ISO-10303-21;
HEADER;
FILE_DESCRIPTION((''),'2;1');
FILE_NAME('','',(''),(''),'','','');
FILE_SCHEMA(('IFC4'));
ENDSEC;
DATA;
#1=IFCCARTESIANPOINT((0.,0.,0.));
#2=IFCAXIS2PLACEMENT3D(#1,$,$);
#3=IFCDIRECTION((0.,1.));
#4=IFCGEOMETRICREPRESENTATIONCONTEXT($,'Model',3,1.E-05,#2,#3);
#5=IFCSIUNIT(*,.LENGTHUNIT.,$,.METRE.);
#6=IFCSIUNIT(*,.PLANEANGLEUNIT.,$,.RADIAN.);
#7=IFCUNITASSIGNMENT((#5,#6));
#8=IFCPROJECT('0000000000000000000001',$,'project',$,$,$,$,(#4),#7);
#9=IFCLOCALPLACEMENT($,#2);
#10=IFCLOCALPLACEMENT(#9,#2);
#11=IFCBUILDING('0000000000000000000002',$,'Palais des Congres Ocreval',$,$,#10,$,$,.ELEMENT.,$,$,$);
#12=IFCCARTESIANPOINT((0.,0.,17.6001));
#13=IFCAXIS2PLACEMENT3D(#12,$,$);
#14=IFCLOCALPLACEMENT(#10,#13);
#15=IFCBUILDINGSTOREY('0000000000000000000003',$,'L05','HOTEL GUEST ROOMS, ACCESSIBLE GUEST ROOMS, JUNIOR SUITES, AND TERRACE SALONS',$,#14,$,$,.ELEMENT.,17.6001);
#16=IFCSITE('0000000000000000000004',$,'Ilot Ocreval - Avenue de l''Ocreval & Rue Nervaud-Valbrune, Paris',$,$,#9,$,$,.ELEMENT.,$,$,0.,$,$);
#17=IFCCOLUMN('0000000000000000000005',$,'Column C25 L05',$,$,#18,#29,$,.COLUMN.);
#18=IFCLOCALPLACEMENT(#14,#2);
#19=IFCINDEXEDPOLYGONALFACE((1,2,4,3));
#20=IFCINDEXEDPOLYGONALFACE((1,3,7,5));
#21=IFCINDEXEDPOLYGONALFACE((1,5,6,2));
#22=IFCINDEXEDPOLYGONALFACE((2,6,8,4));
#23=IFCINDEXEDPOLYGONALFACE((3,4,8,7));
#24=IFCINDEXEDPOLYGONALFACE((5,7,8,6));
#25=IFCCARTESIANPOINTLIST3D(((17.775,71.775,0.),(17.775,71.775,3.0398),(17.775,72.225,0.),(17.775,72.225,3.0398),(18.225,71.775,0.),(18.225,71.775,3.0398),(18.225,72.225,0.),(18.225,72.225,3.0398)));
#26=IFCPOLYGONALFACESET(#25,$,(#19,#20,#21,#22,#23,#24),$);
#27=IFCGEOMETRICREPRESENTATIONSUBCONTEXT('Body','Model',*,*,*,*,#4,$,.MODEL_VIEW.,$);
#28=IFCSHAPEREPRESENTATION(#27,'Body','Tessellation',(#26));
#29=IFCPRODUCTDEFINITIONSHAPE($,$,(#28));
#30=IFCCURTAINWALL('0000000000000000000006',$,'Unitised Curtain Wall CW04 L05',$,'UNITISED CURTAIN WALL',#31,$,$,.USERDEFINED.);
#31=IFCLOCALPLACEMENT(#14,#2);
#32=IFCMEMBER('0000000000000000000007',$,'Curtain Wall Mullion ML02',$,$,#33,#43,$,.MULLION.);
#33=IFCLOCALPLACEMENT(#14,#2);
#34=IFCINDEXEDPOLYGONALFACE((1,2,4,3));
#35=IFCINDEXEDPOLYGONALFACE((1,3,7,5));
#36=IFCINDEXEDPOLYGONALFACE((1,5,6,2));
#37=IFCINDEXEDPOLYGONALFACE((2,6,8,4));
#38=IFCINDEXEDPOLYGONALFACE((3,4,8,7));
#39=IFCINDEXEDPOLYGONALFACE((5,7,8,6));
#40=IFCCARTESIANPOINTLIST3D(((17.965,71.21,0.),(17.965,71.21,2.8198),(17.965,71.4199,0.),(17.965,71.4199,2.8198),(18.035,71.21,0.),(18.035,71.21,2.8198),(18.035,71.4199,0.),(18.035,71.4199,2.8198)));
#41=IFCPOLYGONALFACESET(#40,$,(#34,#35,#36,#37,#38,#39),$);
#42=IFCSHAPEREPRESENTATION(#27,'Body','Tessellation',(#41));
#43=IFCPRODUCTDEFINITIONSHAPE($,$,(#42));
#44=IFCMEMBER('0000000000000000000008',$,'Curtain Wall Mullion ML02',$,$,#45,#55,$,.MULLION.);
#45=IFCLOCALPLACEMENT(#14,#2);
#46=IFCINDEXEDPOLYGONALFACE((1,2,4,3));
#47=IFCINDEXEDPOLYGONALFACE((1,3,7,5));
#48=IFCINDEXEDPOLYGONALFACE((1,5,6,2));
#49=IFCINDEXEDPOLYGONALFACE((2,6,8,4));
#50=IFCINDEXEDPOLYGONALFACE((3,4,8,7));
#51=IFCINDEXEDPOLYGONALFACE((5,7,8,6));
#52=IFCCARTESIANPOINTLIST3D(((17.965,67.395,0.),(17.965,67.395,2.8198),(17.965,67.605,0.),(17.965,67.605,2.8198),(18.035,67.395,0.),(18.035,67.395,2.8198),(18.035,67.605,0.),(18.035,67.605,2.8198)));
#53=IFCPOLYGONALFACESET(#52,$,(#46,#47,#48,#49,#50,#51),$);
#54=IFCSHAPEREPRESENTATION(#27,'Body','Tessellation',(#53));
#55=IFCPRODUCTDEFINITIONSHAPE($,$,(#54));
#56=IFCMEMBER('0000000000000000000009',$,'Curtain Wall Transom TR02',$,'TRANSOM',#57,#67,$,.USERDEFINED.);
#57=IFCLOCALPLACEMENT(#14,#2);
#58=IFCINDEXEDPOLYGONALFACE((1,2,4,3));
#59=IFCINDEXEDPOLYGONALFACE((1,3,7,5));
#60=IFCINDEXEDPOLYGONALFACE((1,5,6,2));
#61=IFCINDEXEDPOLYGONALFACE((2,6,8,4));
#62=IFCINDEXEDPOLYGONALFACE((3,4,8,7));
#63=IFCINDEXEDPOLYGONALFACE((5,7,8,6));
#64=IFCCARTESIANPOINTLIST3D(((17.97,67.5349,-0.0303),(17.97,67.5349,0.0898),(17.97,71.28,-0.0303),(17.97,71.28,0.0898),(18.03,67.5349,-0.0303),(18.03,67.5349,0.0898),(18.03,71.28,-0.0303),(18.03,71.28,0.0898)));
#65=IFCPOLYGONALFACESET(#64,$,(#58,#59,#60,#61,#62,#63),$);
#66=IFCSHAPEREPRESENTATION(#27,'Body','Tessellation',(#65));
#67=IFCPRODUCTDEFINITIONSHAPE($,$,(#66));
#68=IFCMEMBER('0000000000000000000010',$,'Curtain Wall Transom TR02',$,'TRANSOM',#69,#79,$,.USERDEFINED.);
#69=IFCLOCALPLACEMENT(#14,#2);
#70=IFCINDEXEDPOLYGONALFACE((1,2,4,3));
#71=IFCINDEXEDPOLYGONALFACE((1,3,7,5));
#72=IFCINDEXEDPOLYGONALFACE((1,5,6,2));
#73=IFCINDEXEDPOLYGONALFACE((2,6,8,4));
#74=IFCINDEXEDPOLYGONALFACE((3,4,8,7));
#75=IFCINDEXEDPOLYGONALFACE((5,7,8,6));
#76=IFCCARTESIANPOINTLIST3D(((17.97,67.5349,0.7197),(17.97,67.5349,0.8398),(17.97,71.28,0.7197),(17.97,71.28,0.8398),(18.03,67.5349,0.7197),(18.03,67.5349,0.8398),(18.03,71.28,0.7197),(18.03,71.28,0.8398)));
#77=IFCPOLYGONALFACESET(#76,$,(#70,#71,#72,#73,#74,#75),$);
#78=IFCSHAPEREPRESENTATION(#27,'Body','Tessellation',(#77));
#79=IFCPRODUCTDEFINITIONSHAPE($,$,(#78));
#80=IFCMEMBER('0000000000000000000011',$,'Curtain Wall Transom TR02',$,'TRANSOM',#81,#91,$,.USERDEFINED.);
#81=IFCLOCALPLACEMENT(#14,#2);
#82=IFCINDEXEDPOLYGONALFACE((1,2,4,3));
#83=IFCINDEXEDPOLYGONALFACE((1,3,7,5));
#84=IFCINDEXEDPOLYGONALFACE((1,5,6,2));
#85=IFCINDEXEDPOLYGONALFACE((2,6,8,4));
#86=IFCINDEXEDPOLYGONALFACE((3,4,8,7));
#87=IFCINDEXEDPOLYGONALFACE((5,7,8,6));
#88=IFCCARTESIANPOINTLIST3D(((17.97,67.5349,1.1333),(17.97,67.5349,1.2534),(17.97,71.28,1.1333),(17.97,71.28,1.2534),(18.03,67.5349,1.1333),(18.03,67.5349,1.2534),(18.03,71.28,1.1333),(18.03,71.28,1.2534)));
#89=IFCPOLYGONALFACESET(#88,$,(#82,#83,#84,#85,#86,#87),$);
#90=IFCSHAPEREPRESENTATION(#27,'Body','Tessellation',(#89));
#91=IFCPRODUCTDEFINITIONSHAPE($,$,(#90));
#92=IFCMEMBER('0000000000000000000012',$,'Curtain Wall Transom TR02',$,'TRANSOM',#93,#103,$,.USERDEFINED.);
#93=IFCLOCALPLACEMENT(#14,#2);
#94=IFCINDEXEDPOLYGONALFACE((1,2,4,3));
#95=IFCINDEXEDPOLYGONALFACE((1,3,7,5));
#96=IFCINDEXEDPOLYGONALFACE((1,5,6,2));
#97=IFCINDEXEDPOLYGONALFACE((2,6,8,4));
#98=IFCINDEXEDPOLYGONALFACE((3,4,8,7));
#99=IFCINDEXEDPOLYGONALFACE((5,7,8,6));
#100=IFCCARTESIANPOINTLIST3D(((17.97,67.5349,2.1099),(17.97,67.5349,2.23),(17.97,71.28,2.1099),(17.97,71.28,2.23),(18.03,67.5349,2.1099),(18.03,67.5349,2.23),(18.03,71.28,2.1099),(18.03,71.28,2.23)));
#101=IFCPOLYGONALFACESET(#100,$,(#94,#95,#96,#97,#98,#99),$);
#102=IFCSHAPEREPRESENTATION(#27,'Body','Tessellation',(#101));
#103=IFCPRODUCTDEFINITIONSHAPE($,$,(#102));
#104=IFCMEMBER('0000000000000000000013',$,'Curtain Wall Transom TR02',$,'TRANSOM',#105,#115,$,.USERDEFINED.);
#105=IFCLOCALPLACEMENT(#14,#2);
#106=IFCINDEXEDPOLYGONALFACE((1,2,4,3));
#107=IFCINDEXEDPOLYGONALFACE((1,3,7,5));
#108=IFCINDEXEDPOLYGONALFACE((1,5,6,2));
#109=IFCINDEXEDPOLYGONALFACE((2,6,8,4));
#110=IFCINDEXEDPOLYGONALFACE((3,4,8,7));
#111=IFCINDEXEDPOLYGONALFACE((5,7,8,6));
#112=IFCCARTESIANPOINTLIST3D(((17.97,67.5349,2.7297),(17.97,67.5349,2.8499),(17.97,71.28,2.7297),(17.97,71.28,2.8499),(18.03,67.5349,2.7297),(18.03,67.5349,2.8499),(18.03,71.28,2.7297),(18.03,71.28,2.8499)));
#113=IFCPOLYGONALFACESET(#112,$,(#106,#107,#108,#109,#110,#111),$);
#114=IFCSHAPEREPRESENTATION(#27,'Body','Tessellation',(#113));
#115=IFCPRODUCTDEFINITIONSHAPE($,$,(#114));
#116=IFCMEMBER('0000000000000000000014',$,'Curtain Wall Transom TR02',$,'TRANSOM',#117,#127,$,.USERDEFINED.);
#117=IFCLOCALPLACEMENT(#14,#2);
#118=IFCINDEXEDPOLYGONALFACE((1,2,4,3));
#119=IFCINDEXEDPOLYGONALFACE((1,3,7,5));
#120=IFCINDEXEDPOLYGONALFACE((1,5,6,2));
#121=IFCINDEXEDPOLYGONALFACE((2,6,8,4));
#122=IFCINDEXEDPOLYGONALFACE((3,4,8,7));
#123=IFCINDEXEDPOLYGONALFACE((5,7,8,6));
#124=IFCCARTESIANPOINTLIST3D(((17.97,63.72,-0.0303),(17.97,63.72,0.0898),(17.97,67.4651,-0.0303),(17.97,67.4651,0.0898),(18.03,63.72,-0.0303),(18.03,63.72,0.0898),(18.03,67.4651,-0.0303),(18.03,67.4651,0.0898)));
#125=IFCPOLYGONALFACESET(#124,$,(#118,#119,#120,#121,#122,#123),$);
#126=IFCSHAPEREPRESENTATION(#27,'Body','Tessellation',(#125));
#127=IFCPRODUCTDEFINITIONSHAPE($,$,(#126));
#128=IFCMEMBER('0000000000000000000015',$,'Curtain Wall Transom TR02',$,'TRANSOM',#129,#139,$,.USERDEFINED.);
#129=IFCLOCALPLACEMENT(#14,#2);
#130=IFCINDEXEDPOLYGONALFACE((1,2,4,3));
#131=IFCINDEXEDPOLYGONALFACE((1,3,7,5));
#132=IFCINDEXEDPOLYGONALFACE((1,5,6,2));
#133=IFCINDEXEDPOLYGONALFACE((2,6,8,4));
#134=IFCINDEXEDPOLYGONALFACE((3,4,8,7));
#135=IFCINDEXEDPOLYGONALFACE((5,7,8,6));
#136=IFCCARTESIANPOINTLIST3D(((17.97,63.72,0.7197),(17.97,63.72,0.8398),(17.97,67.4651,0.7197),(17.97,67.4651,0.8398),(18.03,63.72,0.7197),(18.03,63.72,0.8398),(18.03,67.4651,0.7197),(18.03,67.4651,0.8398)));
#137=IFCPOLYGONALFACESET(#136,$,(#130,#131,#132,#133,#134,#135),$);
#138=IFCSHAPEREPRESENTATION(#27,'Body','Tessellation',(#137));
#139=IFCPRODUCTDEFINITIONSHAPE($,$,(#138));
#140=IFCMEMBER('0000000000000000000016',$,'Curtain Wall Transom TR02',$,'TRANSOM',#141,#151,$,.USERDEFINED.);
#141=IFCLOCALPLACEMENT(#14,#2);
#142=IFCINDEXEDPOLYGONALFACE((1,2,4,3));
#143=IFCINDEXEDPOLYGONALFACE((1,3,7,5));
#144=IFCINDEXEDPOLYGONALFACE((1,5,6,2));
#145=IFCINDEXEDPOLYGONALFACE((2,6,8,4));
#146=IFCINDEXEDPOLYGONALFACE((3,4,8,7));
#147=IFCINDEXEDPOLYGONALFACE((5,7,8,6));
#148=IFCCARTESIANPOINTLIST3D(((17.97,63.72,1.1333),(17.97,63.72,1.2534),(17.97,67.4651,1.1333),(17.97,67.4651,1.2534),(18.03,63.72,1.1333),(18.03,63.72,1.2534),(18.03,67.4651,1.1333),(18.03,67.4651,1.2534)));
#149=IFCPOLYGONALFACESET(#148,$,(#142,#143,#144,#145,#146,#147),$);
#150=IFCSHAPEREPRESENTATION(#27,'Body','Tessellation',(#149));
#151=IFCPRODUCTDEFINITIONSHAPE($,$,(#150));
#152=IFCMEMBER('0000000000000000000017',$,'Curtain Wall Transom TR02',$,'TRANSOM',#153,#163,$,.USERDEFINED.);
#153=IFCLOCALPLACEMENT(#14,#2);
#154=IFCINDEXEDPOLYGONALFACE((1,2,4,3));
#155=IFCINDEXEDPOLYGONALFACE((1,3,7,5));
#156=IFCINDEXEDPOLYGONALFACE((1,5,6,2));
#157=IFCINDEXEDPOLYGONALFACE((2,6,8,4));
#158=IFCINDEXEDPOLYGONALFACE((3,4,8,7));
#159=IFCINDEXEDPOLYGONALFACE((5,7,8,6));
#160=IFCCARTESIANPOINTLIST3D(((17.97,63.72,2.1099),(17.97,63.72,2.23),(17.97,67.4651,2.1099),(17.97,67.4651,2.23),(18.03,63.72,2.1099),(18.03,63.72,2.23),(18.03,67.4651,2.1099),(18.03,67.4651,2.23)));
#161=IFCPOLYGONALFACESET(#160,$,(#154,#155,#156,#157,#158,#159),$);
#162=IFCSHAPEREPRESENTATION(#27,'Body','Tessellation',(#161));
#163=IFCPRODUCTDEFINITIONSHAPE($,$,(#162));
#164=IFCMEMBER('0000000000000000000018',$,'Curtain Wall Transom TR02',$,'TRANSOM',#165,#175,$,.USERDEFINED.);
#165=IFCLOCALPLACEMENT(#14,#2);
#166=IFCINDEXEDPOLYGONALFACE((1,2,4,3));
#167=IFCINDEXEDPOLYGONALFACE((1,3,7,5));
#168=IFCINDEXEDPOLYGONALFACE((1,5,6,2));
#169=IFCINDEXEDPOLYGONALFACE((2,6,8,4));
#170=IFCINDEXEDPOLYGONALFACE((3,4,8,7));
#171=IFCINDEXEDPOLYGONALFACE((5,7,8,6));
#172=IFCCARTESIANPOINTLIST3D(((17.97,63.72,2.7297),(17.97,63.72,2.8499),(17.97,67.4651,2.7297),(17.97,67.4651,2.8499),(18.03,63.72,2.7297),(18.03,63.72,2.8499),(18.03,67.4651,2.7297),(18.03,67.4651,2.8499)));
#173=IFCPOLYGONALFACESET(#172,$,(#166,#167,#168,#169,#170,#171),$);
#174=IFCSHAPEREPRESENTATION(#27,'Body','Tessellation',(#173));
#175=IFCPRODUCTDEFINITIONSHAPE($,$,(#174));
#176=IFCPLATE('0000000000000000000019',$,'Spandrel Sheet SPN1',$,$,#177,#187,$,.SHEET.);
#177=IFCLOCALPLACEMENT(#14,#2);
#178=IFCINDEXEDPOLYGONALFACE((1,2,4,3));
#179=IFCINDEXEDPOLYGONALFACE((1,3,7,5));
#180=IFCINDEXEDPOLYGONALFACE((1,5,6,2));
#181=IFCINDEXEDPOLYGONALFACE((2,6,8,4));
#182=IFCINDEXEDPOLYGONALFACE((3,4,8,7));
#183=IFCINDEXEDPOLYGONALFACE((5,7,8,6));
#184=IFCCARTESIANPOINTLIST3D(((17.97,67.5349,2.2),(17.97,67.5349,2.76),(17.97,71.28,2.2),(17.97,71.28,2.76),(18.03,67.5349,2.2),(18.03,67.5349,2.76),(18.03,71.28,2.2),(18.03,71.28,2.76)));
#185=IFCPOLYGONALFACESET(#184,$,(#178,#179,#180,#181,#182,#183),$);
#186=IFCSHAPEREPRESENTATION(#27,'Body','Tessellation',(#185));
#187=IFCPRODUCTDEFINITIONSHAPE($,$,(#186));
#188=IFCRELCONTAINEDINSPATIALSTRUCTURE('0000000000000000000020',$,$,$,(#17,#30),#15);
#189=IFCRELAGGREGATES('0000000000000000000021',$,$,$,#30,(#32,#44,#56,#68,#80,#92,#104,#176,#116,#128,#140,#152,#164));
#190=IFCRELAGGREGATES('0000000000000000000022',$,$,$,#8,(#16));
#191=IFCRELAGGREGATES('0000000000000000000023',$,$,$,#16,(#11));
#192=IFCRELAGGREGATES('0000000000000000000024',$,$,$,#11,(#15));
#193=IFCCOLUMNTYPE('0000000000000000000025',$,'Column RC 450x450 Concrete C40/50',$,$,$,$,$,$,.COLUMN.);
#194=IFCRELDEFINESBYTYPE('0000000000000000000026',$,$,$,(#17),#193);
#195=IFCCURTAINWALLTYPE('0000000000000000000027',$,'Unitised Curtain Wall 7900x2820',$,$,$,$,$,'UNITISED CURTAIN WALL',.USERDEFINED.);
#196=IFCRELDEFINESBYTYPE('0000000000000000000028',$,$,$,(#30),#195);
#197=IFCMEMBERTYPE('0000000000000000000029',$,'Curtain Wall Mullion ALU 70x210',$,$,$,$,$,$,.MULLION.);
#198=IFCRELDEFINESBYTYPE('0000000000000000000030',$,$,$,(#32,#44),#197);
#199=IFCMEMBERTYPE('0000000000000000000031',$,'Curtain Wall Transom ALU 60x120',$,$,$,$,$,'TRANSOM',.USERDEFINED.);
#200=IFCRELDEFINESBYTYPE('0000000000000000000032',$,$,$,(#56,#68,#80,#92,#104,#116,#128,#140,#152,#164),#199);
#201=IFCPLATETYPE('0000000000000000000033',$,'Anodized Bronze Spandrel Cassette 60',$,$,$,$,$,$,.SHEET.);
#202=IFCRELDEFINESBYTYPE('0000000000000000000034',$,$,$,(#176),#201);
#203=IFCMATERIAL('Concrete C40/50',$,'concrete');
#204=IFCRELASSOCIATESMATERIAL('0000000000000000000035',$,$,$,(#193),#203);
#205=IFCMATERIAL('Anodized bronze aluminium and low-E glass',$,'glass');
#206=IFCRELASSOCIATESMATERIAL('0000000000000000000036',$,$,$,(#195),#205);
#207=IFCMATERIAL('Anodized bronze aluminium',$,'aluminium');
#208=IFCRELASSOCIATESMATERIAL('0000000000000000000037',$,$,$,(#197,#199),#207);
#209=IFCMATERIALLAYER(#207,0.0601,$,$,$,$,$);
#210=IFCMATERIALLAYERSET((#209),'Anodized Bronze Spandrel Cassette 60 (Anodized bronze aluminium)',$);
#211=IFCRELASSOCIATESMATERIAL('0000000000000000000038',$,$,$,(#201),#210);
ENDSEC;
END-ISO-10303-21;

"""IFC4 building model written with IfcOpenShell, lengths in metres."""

from ifc_helpers import new_model, si_unit, direction, frame, origin, origin_2d, place, context, subcontext, project, spatial, rectangle, extrude, material, layer, layer_set, material_profile, profile_set, type_object, element, aggregate, save


model = new_model("IFC4")

# Units and contexts
model_context = context("Model", 3, precision=1e-05, world=origin(), true_north=direction((0.0, 1.0)))
body_context = subcontext(model_context, "Body", "Model", "MODEL_VIEW")
ifc_project = project(units=[si_unit("LENGTHUNIT", "METRE"), si_unit("PLANEANGLEUNIT", "RADIAN")], contexts=[model_context])

# Site, building, storey
site_placement = place(None, origin())
site = spatial("IfcSite", under=ifc_project, at=site_placement, Name="Ilot Ocreval - Avenue de l'Ocreval & Rue Nervaud-Valbrune, Paris", CompositionType="ELEMENT", RefElevation=0.0)
building_placement = place(site_placement, origin())
building = spatial("IfcBuilding", under=site, at=building_placement, Name="Palais des Congres Ocreval", CompositionType="ELEMENT")
storey_placement = place(building_placement, frame((0.0, 0.0, 17.6001)))
storey = spatial("IfcBuildingStorey", under=building, at=storey_placement, Name="L05", Description="HOTEL GUEST ROOMS, ACCESSIBLE GUEST ROOMS, JUNIOR SUITES, AND TERRACE SALONS", CompositionType="ELEMENT", Elevation=17.6001)

# Column
ifc_material_1 = material(Name="Concrete C40/50", Category="concrete")
ifc_material_profile_1 = material_profile(ifc_material_1, rectangle(XDim=0.45, YDim=0.45, at=origin_2d()), Name="RC 450x450")
ifc_profile_set_1 = profile_set([ifc_material_profile_1], Name="Concrete C40/50")
column_type = type_object("IfcColumnType", Name="Column RC 450x450 Concrete C40/50", PredefinedType="COLUMN", material=ifc_profile_set_1)
column_placement = place(storey_placement, frame((18.0, 72.0, 0.0), z_axis=(0.0, 0.0, 1.0), x_axis=(1.0, 0.0, 0.0)))
element("IfcColumn", 1, at=column_placement, inside=storey, type_object=column_type, Name="Column C25 L05", PredefinedType="COLUMN", context=body_context, shape_type="SweptSolid", body=[
    extrude(rectangle(XDim=0.45, YDim=0.45, at=origin_2d()), origin(), (0.0, 0.0, 1.0), 3.0398),
])

# Curtain wall, members, plate
ifc_material_2 = material(Name="Anodized bronze aluminium and low-E glass", Category="glass")
curtain_wall_type = type_object("IfcCurtainWallType", Name="Unitised Curtain Wall 7900x2820", ElementType="UNITISED CURTAIN WALL", PredefinedType="USERDEFINED", material=ifc_material_2)
curtain_wall_placement = place(storey_placement, origin())
curtain_wall = element("IfcCurtainWall", 2, at=curtain_wall_placement, inside=storey, type_object=curtain_wall_type, Name="Unitised Curtain Wall CW04 L05", ObjectType="UNITISED CURTAIN WALL", PredefinedType="USERDEFINED")
ifc_material_3 = material(Name="Anodized bronze aluminium", Category="aluminium")
ifc_material_profile_2 = material_profile(ifc_material_3, rectangle(XDim=0.0701, YDim=0.21, at=origin_2d()), Name="ALU 70x210")
ifc_profile_set_2 = profile_set([ifc_material_profile_2], Name="Anodized bronze aluminium")
member_type_1 = type_object("IfcMemberType", Name="Curtain Wall Mullion ALU 70x210", PredefinedType="MULLION", material=ifc_profile_set_2)
member_1_placement = place(storey_placement, frame((18.0, 71.3149, 0.0), z_axis=(0.0, 0.0, 1.0), x_axis=(1.0, 0.0, 0.0)))
member_1 = element("IfcMember", 3, at=member_1_placement, type_object=member_type_1, Name="Curtain Wall Mullion ML02", PredefinedType="MULLION", context=body_context, shape_type="SweptSolid", body=[
    extrude(rectangle(XDim=0.0701, YDim=0.21, at=origin_2d()), origin(), (0.0, 0.0, 1.0), 2.8198),
])
member_2_placement = place(storey_placement, frame((18.0, 67.5, 0.0), z_axis=(0.0, 0.0, 1.0), x_axis=(1.0, 0.0, 0.0)))
member_2 = element("IfcMember", 4, at=member_2_placement, type_object=member_type_1, Name="Curtain Wall Mullion ML02", PredefinedType="MULLION", context=body_context, shape_type="SweptSolid", body=[
    extrude(rectangle(XDim=0.0701, YDim=0.21, at=origin_2d()), origin(), (0.0, 0.0, 1.0), 2.8198),
])
ifc_material_profile_3 = material_profile(ifc_material_3, rectangle(XDim=0.0601, YDim=0.1201, at=origin_2d()), Name="ALU 60x120")
ifc_profile_set_3 = profile_set([ifc_material_profile_3], Name="Anodized bronze aluminium")
member_type_2 = type_object("IfcMemberType", Name="Curtain Wall Transom ALU 60x120", ElementType="TRANSOM", PredefinedType="USERDEFINED", material=ifc_profile_set_3)
member_3_placement = place(storey_placement, frame((18.0, 71.28, 0.0298), z_axis=(0.0, -1.0, 0.0), x_axis=(1.0, 0.0, 0.0)))
member_3 = element("IfcMember", 5, at=member_3_placement, type_object=member_type_2, Name="Curtain Wall Transom TR02", ObjectType="TRANSOM", PredefinedType="USERDEFINED", context=body_context, shape_type="SweptSolid", body=[
    extrude(rectangle(XDim=0.0601, YDim=0.1201, at=origin_2d()), origin(), (0.0, 0.0, 1.0), 3.7451),
])
member_4_placement = place(storey_placement, frame((18.0, 71.28, 0.7798), z_axis=(0.0, -1.0, 0.0), x_axis=(1.0, 0.0, 0.0)))
member_4 = element("IfcMember", 6, at=member_4_placement, type_object=member_type_2, Name="Curtain Wall Transom TR02", ObjectType="TRANSOM", PredefinedType="USERDEFINED", context=body_context, shape_type="SweptSolid", body=[
    extrude(rectangle(XDim=0.0601, YDim=0.1201, at=origin_2d()), origin(), (0.0, 0.0, 1.0), 3.7451),
])
member_5_placement = place(storey_placement, frame((18.0, 71.28, 1.1934), z_axis=(0.0, -1.0, 0.0), x_axis=(1.0, 0.0, 0.0)))
member_5 = element("IfcMember", 7, at=member_5_placement, type_object=member_type_2, Name="Curtain Wall Transom TR02", ObjectType="TRANSOM", PredefinedType="USERDEFINED", context=body_context, shape_type="SweptSolid", body=[
    extrude(rectangle(XDim=0.0601, YDim=0.1201, at=origin_2d()), origin(), (0.0, 0.0, 1.0), 3.7451),
])
member_6_placement = place(storey_placement, frame((18.0, 71.28, 2.1699), z_axis=(0.0, -1.0, 0.0), x_axis=(1.0, 0.0, 0.0)))
member_6 = element("IfcMember", 8, at=member_6_placement, type_object=member_type_2, Name="Curtain Wall Transom TR02", ObjectType="TRANSOM", PredefinedType="USERDEFINED", context=body_context, shape_type="SweptSolid", body=[
    extrude(rectangle(XDim=0.0601, YDim=0.1201, at=origin_2d()), origin(), (0.0, 0.0, 1.0), 3.7451),
])
member_7_placement = place(storey_placement, frame((18.0, 71.28, 2.7898), z_axis=(0.0, -1.0, 0.0), x_axis=(1.0, 0.0, 0.0)))
member_7 = element("IfcMember", 9, at=member_7_placement, type_object=member_type_2, Name="Curtain Wall Transom TR02", ObjectType="TRANSOM", PredefinedType="USERDEFINED", context=body_context, shape_type="SweptSolid", body=[
    extrude(rectangle(XDim=0.0601, YDim=0.1201, at=origin_2d()), origin(), (0.0, 0.0, 1.0), 3.7451),
])
member_8_placement = place(storey_placement, frame((18.0, 67.4651, 0.0298), z_axis=(0.0, -1.0, 0.0), x_axis=(1.0, 0.0, 0.0)))
member_8 = element("IfcMember", 10, at=member_8_placement, type_object=member_type_2, Name="Curtain Wall Transom TR02", ObjectType="TRANSOM", PredefinedType="USERDEFINED", context=body_context, shape_type="SweptSolid", body=[
    extrude(rectangle(XDim=0.0601, YDim=0.1201, at=origin_2d()), origin(), (0.0, 0.0, 1.0), 3.7451),
])
member_9_placement = place(storey_placement, frame((18.0, 67.4651, 0.7798), z_axis=(0.0, -1.0, 0.0), x_axis=(1.0, 0.0, 0.0)))
member_9 = element("IfcMember", 11, at=member_9_placement, type_object=member_type_2, Name="Curtain Wall Transom TR02", ObjectType="TRANSOM", PredefinedType="USERDEFINED", context=body_context, shape_type="SweptSolid", body=[
    extrude(rectangle(XDim=0.0601, YDim=0.1201, at=origin_2d()), origin(), (0.0, 0.0, 1.0), 3.7451),
])
member_10_placement = place(storey_placement, frame((18.0, 67.4651, 1.1934), z_axis=(0.0, -1.0, 0.0), x_axis=(1.0, 0.0, 0.0)))
member_10 = element("IfcMember", 12, at=member_10_placement, type_object=member_type_2, Name="Curtain Wall Transom TR02", ObjectType="TRANSOM", PredefinedType="USERDEFINED", context=body_context, shape_type="SweptSolid", body=[
    extrude(rectangle(XDim=0.0601, YDim=0.1201, at=origin_2d()), origin(), (0.0, 0.0, 1.0), 3.7451),
])
member_11_placement = place(storey_placement, frame((18.0, 67.4651, 2.1699), z_axis=(0.0, -1.0, 0.0), x_axis=(1.0, 0.0, 0.0)))
member_11 = element("IfcMember", 13, at=member_11_placement, type_object=member_type_2, Name="Curtain Wall Transom TR02", ObjectType="TRANSOM", PredefinedType="USERDEFINED", context=body_context, shape_type="SweptSolid", body=[
    extrude(rectangle(XDim=0.0601, YDim=0.1201, at=origin_2d()), origin(), (0.0, 0.0, 1.0), 3.7451),
])
member_12_placement = place(storey_placement, frame((18.0, 67.4651, 2.7898), z_axis=(0.0, -1.0, 0.0), x_axis=(1.0, 0.0, 0.0)))
member_12 = element("IfcMember", 14, at=member_12_placement, type_object=member_type_2, Name="Curtain Wall Transom TR02", ObjectType="TRANSOM", PredefinedType="USERDEFINED", context=body_context, shape_type="SweptSolid", body=[
    extrude(rectangle(XDim=0.0601, YDim=0.1201, at=origin_2d()), origin(), (0.0, 0.0, 1.0), 3.7451),
])
ifc_layer_1 = layer(ifc_material_3, 0.0601)
ifc_layer_set_1 = layer_set([ifc_layer_1], Name="Anodized Bronze Spandrel Cassette 60 (Anodized bronze aluminium)")
plate_type_1 = type_object("IfcPlateType", Name="Anodized Bronze Spandrel Cassette 60", PredefinedType="SHEET", material=ifc_layer_set_1)
plate_1_placement = place(storey_placement, frame((18.0, 69.4075, 2.2), z_axis=(0.0, 0.0, 1.0), x_axis=(0.0, -1.0, 0.0)))
plate_1 = element("IfcPlate", 15, at=plate_1_placement, type_object=plate_type_1, Name="Spandrel Sheet SPN1", PredefinedType="SHEET", context=body_context, shape_type="SweptSolid", body=[
    extrude(rectangle(XDim=3.7451, YDim=0.0601, at=origin_2d()), origin(), (0.0, 0.0, 1.0), 0.5601),
])
aggregate(curtain_wall, [member_1, member_2, member_3, member_4, member_5, member_6, member_7, plate_1, member_8, member_9, member_10, member_11, member_12])

save(model, "model.ifc")
